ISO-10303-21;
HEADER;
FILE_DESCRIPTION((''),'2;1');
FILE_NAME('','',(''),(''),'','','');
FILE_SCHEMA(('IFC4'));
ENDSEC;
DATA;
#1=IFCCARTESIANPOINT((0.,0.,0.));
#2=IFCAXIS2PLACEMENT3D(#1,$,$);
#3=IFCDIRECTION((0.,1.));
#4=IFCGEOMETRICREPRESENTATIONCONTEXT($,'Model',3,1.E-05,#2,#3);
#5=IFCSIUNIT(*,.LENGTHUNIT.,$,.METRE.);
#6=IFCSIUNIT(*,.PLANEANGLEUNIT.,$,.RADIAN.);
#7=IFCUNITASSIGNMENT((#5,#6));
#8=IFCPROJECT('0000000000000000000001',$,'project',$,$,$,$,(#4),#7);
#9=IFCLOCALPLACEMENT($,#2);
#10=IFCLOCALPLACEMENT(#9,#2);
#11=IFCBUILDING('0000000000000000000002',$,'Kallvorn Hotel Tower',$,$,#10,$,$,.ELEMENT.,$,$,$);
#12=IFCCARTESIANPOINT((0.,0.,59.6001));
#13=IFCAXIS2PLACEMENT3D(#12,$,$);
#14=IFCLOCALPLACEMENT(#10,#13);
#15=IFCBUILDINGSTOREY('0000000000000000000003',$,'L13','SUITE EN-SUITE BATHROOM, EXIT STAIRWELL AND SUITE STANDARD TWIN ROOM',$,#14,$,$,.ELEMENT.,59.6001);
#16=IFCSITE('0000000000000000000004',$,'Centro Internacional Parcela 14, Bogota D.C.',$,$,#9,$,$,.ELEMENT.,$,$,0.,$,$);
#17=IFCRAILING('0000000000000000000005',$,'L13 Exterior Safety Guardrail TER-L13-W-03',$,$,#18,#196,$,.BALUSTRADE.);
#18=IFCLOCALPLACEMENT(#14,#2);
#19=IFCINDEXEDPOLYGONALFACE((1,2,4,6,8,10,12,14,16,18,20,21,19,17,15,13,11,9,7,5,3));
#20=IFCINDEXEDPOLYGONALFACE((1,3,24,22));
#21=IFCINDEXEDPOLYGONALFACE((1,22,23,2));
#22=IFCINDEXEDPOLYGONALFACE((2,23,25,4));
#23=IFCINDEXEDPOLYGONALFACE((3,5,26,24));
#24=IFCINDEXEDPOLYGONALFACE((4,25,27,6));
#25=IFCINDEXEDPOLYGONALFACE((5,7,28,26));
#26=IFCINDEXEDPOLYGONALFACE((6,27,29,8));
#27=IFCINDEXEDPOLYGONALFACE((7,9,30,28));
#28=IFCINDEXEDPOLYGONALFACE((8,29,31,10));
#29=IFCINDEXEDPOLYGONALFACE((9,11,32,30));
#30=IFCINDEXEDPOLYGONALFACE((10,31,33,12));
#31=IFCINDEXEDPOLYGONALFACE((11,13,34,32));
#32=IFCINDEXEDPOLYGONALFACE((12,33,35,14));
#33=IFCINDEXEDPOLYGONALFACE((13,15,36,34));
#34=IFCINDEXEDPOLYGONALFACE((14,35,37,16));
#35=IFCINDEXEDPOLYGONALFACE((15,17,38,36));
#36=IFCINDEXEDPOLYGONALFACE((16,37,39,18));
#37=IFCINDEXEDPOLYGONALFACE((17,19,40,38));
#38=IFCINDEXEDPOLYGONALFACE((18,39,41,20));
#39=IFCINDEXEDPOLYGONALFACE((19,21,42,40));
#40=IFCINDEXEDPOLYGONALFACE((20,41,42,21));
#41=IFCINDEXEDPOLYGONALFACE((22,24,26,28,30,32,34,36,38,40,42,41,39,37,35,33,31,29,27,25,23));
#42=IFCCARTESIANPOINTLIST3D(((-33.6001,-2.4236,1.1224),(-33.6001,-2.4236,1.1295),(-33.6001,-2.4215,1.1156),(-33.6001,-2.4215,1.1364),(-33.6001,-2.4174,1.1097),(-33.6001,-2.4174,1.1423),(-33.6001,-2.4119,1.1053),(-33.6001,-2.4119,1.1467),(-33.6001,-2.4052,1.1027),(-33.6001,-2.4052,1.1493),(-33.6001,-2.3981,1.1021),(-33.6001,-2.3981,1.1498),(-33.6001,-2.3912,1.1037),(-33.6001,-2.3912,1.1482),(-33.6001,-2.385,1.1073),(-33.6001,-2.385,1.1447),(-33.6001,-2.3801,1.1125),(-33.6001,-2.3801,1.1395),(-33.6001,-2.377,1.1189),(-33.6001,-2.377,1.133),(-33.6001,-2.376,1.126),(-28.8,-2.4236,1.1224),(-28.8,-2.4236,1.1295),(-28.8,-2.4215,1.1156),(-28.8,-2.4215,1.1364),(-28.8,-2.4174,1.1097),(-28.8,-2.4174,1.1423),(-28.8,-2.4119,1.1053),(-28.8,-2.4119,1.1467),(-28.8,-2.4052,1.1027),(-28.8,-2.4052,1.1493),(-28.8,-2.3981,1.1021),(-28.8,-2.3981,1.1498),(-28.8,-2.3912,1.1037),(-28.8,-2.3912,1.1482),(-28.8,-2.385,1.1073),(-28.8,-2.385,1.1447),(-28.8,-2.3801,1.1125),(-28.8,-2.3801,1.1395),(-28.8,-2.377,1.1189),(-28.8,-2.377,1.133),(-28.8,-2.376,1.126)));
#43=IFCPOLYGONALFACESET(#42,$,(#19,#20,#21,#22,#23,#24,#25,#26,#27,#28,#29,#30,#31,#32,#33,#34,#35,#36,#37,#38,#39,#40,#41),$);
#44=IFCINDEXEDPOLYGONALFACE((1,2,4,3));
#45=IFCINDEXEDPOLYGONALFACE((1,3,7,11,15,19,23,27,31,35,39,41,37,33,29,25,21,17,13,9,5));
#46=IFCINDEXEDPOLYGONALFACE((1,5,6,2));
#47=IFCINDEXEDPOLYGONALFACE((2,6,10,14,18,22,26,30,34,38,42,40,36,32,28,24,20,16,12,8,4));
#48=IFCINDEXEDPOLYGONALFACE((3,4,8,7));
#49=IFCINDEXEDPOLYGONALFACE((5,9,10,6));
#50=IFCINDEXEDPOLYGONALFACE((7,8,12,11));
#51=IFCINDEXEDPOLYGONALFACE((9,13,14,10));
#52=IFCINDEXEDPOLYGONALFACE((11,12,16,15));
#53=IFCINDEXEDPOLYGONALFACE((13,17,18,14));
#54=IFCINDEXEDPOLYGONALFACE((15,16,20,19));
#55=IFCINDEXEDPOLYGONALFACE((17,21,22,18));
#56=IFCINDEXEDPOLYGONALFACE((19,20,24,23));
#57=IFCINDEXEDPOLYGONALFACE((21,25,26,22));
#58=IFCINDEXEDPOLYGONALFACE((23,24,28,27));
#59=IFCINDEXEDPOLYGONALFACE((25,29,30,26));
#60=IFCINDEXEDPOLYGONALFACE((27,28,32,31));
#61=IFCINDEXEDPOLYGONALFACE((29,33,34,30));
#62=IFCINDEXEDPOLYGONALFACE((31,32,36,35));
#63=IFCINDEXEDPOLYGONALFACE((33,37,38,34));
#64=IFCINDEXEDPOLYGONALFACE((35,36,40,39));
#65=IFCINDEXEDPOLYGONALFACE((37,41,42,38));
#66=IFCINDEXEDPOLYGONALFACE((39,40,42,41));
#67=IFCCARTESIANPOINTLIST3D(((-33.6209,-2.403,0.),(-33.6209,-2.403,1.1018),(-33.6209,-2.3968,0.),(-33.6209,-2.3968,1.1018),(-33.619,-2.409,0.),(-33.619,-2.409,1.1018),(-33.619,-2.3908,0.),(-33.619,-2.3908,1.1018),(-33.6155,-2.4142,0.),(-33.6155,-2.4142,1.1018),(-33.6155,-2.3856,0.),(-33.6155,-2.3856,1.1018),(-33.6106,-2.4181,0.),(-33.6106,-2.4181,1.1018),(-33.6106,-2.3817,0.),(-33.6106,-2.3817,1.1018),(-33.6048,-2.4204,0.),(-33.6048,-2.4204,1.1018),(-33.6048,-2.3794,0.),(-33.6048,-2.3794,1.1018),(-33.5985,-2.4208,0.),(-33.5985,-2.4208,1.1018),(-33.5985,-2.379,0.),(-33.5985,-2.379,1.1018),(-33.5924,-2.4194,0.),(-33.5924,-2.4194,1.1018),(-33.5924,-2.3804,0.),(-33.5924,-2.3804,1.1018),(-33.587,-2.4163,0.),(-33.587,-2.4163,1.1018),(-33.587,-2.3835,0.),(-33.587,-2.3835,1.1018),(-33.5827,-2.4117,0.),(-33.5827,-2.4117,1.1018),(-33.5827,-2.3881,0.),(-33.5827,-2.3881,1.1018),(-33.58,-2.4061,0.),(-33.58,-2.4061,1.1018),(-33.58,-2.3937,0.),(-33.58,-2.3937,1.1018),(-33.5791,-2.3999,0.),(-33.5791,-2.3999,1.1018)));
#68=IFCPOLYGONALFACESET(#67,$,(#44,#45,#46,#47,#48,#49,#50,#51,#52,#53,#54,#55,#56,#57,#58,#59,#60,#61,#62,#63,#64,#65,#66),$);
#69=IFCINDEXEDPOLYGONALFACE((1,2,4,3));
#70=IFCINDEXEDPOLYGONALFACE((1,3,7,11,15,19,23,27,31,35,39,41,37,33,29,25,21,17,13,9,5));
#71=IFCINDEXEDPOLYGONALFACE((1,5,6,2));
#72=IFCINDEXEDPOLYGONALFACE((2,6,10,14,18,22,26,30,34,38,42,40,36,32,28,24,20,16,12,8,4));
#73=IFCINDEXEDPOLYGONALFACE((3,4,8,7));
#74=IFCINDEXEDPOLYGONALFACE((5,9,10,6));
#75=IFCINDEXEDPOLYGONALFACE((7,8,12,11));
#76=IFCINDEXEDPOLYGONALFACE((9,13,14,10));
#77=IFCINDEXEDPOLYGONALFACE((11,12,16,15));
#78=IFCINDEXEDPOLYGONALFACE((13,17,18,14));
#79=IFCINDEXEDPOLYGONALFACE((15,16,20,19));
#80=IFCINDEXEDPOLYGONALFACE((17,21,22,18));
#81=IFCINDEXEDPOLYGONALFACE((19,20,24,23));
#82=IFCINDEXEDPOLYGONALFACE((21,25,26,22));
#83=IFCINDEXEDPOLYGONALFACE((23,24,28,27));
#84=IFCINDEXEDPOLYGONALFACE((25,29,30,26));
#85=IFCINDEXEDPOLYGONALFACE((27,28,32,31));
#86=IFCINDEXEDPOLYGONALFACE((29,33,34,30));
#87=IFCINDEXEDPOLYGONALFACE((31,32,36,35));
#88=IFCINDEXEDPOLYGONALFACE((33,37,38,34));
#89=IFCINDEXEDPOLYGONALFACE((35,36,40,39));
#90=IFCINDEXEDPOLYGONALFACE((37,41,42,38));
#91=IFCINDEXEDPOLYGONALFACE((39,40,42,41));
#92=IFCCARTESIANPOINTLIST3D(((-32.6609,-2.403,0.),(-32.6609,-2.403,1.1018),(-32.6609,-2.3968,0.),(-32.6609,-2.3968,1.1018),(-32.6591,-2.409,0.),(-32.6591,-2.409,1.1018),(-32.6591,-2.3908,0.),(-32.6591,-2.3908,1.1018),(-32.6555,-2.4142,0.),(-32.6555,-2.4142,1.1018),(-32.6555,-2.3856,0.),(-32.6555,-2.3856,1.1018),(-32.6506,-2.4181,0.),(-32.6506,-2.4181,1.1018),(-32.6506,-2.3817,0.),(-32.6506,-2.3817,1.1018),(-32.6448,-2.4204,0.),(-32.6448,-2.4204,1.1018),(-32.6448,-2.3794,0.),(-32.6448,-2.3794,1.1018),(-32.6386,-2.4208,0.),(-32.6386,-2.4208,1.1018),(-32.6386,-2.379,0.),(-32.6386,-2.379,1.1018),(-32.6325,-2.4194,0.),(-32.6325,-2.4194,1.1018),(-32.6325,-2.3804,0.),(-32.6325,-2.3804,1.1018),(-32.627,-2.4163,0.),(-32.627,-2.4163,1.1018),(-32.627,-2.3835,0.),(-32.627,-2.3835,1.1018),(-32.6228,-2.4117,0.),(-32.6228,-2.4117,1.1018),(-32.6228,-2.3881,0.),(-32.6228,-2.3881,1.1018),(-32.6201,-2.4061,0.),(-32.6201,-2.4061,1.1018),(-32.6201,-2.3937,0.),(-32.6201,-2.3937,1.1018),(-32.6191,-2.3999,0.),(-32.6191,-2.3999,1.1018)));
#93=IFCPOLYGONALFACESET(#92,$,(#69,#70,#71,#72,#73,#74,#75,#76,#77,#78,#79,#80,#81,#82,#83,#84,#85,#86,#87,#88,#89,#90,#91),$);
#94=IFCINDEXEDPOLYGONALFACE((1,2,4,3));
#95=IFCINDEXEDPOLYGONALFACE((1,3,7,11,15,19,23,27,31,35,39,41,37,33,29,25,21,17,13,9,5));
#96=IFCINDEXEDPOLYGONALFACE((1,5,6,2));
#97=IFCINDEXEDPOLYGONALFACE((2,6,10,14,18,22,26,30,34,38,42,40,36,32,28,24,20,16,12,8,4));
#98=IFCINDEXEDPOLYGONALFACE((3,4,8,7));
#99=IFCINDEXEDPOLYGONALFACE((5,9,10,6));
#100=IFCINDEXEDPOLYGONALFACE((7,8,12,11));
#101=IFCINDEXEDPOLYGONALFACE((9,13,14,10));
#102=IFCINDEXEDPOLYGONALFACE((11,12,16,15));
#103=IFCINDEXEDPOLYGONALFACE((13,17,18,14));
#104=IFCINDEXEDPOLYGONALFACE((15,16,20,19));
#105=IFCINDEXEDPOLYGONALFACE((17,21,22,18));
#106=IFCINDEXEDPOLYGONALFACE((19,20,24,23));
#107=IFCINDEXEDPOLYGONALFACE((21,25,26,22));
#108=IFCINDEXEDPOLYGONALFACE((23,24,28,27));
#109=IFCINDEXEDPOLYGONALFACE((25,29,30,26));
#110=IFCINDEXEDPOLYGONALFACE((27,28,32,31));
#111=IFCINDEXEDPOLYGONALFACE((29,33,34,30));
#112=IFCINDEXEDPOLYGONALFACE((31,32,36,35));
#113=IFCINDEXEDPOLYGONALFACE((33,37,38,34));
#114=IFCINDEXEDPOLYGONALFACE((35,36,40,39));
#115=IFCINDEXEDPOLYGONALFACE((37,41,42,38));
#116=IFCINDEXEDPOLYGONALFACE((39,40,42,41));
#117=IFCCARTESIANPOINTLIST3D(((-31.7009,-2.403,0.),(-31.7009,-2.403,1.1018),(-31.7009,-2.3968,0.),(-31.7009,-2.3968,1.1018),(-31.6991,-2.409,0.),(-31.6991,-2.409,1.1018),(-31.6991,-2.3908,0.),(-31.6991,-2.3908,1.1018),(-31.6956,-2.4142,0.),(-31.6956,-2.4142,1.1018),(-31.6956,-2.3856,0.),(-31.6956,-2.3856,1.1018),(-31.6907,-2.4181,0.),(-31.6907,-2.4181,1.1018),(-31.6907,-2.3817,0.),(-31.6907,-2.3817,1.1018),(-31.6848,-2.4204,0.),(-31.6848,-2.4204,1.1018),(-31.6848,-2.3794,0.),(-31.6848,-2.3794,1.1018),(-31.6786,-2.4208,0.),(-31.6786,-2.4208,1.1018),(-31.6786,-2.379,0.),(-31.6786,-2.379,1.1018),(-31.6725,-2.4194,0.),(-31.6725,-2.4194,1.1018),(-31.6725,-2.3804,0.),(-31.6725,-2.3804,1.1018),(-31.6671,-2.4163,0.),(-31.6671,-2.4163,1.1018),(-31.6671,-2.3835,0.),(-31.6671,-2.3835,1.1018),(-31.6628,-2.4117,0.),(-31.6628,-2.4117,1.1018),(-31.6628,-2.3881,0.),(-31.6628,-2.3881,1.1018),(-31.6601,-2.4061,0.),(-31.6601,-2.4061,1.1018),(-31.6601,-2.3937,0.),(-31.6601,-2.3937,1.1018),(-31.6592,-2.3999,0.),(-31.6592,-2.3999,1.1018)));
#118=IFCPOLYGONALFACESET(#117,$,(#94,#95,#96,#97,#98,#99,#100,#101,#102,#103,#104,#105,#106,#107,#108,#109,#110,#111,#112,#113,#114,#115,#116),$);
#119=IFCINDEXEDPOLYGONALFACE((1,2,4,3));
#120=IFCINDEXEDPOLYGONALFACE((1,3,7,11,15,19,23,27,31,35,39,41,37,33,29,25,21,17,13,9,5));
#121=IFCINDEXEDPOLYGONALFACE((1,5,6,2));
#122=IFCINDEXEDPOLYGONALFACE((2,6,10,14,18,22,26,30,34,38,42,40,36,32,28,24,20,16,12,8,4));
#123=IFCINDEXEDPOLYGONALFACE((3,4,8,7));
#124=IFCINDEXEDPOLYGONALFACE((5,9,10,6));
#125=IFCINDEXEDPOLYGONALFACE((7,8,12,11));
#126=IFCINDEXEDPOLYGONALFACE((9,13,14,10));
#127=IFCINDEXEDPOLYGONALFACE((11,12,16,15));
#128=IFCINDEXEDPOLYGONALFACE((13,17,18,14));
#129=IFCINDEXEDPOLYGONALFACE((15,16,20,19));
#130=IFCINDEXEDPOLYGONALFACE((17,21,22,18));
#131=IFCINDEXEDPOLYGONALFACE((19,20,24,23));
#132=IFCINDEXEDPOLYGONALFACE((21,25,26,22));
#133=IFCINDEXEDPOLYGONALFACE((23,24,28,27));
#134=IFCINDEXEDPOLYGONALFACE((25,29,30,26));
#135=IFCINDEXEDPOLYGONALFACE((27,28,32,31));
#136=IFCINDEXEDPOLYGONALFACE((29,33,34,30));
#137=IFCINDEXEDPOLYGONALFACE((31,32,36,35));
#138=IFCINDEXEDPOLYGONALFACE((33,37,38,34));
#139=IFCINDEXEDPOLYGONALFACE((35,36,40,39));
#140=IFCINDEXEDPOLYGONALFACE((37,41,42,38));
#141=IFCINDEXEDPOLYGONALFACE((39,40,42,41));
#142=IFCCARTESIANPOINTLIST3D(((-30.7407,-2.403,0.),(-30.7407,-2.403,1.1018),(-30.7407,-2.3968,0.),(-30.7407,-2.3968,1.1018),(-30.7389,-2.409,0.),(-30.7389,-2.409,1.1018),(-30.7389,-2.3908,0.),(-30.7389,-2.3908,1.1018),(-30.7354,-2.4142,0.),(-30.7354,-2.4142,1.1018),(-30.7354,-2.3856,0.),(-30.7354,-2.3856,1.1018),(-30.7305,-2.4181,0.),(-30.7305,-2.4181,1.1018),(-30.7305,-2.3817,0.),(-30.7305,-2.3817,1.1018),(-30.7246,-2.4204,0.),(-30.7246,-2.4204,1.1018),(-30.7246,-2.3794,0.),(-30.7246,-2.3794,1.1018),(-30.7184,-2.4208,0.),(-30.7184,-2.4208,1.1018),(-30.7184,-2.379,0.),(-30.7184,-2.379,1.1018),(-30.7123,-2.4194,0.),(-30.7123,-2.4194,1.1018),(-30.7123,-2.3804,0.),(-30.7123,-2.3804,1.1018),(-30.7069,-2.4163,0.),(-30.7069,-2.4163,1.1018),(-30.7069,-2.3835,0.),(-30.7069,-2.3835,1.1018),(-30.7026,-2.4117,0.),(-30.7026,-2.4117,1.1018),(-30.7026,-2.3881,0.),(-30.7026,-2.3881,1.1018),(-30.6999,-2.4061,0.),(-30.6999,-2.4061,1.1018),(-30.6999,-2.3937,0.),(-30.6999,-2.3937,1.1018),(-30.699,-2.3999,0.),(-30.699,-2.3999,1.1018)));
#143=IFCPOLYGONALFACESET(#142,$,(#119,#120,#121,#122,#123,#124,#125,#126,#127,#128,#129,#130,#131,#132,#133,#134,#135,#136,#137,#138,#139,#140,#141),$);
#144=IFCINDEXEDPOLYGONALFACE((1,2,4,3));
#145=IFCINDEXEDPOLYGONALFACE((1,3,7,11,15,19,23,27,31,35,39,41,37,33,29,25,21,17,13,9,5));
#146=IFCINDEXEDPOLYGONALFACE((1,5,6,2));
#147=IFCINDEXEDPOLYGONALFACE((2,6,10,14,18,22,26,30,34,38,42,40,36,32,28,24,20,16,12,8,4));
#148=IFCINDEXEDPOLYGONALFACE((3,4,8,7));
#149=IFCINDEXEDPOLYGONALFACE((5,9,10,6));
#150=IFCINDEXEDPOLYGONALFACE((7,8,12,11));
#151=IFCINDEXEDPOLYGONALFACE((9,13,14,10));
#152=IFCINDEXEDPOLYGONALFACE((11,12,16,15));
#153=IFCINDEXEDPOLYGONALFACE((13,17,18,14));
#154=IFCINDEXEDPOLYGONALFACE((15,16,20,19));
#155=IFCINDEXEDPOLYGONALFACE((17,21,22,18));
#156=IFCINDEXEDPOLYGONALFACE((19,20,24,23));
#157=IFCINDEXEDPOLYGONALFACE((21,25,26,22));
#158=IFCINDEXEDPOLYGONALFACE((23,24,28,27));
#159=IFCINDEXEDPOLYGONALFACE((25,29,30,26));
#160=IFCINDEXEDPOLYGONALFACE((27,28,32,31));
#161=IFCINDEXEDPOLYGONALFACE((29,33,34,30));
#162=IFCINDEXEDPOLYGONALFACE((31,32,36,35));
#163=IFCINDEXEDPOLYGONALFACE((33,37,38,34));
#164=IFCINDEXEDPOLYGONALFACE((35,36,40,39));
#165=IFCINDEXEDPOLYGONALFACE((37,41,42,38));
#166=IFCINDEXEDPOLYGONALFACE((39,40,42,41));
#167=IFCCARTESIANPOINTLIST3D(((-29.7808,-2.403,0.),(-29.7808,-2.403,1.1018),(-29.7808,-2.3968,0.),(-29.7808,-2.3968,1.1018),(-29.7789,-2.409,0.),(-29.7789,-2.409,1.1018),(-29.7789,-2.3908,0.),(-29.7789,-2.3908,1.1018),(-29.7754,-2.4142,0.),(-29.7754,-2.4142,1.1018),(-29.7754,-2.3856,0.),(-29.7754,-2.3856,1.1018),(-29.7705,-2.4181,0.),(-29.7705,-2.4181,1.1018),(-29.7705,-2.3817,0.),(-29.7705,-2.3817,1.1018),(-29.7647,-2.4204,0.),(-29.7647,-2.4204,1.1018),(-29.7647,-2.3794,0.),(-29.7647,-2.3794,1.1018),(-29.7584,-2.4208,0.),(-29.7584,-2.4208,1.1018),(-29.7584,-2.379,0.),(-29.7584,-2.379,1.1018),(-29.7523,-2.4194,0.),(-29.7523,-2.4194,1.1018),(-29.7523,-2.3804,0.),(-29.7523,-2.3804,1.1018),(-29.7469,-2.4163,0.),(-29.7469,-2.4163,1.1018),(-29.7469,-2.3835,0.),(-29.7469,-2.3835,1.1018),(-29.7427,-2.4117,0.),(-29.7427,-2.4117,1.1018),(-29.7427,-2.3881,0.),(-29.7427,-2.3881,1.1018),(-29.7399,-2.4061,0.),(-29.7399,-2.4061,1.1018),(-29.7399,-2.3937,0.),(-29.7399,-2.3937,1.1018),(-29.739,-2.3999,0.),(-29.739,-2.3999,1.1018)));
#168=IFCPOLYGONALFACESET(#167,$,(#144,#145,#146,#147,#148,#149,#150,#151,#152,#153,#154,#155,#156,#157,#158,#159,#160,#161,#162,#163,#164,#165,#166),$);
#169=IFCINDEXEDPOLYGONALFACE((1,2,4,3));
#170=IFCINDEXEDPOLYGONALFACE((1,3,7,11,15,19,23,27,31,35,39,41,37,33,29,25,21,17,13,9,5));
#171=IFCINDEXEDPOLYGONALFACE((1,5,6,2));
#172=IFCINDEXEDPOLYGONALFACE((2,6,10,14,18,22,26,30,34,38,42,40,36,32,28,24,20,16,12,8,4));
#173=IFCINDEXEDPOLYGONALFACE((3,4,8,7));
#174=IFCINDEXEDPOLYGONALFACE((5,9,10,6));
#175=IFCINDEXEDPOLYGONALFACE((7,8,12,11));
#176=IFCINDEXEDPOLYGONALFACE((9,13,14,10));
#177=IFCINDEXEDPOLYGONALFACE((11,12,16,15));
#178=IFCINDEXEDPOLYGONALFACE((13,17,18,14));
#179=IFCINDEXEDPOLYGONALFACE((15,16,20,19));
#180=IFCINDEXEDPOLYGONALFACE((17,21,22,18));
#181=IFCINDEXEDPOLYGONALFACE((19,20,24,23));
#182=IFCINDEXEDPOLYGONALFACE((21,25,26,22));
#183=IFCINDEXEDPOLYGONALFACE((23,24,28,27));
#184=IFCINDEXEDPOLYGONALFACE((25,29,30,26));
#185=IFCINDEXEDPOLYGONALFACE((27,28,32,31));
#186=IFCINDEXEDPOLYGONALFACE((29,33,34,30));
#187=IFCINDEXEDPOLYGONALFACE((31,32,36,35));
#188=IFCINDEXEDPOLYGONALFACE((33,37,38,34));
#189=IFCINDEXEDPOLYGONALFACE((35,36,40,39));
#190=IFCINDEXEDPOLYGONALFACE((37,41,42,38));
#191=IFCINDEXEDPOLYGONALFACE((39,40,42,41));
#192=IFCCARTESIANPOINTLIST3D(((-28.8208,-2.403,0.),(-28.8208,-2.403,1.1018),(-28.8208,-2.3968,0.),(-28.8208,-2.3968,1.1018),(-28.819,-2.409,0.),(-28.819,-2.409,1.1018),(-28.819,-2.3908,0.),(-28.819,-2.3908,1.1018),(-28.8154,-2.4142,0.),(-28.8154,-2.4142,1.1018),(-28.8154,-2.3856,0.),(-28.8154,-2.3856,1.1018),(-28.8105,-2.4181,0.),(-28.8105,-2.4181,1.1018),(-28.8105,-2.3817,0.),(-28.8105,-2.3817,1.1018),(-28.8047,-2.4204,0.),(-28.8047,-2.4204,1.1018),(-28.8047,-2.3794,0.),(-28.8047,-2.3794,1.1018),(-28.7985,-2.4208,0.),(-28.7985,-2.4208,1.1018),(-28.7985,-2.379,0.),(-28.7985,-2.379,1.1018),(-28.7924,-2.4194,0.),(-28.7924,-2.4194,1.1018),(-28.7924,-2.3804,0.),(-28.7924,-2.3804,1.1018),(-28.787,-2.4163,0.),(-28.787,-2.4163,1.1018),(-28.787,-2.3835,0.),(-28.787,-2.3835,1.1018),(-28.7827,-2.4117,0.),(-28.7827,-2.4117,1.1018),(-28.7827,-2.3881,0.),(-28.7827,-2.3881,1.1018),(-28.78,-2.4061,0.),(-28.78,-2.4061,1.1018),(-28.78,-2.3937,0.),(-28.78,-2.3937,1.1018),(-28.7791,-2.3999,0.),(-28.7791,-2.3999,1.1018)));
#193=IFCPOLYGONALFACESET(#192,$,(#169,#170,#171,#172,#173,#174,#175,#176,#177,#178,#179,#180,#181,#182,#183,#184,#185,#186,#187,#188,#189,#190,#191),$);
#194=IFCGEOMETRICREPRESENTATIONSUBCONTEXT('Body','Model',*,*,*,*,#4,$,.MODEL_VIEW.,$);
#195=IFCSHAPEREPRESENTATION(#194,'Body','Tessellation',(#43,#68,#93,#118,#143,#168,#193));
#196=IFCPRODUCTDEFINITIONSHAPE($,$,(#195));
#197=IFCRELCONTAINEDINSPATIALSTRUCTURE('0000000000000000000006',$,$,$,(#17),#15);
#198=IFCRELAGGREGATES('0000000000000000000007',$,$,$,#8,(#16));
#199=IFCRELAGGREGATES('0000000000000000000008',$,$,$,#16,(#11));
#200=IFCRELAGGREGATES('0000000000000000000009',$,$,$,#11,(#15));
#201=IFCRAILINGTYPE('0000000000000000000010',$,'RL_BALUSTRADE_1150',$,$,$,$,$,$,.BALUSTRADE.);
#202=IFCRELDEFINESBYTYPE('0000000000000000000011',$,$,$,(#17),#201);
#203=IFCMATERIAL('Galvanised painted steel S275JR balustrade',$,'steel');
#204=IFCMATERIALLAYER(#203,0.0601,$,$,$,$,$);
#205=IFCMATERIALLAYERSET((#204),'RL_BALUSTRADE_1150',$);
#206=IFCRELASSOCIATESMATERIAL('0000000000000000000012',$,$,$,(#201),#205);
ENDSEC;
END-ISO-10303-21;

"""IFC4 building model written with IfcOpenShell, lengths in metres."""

from ifc_helpers import new_model, si_unit, direction, frame, origin, origin_2d, place, context, subcontext, project, spatial, circle, extrude, material, layer, layer_set, type_object, element, save


model = new_model("IFC4")

# Units and contexts
model_context = context("Model", 3, precision=1e-05, world=origin(), true_north=direction((0.0, 1.0)))
body_context = subcontext(model_context, "Body", "Model", "MODEL_VIEW")
ifc_project = project(units=[si_unit("LENGTHUNIT", "METRE"), si_unit("PLANEANGLEUNIT", "RADIAN")], contexts=[model_context])

# Site, building, storey
site_placement = place(None, origin())
site = spatial("IfcSite", under=ifc_project, at=site_placement, Name="Centro Internacional Parcela 14, Bogota D.C.", CompositionType="ELEMENT", RefElevation=0.0)
building_placement = place(site_placement, origin())
building = spatial("IfcBuilding", under=site, at=building_placement, Name="Kallvorn Hotel Tower", CompositionType="ELEMENT")
storey_placement = place(building_placement, frame((0.0, 0.0, 59.6001)))
storey = spatial("IfcBuildingStorey", under=building, at=storey_placement, Name="L13", Description="SUITE EN-SUITE BATHROOM, EXIT STAIRWELL AND SUITE STANDARD TWIN ROOM", CompositionType="ELEMENT", Elevation=59.6001)

# Railing
ifc_material_1 = material(Name="Galvanised painted steel S275JR balustrade", Category="steel")
ifc_layer_1 = layer(ifc_material_1, 0.0601)
ifc_layer_set_1 = layer_set([ifc_layer_1], Name="RL_BALUSTRADE_1150")
railing_type = type_object("IfcRailingType", Name="RL_BALUSTRADE_1150", PredefinedType="BALUSTRADE", material=ifc_layer_set_1)
railing_placement = place(storey_placement, frame((-33.6001, -2.3999, 0.0)))
element("IfcRailing", 1, at=railing_placement, inside=storey, type_object=railing_type, Name="L13 Exterior Safety Guardrail TER-L13-W-03", PredefinedType="BALUSTRADE", context=body_context, shape_type="SweptSolid", body=[
    extrude(circle(Radius=0.0239, at=origin_2d()), frame((0.0, 0.0, 1.126), z_axis=(1.0, 0.0, 0.0), x_axis=(0.0, 1.0, 0.0)), (0.0, 0.0, 1.0), 4.8),
    extrude(circle(Radius=0.021, at=origin_2d()), origin(), (0.0, 0.0, 1.0), 1.1018),
    extrude(circle(Radius=0.021, at=origin_2d()), frame((0.96, 0.0, 0.0)), (0.0, 0.0, 1.0), 1.1018),
    extrude(circle(Radius=0.021, at=origin_2d()), frame((1.9199, 0.0, 0.0)), (0.0, 0.0, 1.0), 1.1018),
    extrude(circle(Radius=0.021, at=origin_2d()), frame((2.8801, 0.0, 0.0)), (0.0, 0.0, 1.0), 1.1018),
    extrude(circle(Radius=0.021, at=origin_2d()), frame((3.8401, 0.0, 0.0)), (0.0, 0.0, 1.0), 1.1018),
    extrude(circle(Radius=0.021, at=origin_2d()), frame((4.8, 0.0, 0.0)), (0.0, 0.0, 1.0), 1.1018),
])

save(model, "model.ifc")
